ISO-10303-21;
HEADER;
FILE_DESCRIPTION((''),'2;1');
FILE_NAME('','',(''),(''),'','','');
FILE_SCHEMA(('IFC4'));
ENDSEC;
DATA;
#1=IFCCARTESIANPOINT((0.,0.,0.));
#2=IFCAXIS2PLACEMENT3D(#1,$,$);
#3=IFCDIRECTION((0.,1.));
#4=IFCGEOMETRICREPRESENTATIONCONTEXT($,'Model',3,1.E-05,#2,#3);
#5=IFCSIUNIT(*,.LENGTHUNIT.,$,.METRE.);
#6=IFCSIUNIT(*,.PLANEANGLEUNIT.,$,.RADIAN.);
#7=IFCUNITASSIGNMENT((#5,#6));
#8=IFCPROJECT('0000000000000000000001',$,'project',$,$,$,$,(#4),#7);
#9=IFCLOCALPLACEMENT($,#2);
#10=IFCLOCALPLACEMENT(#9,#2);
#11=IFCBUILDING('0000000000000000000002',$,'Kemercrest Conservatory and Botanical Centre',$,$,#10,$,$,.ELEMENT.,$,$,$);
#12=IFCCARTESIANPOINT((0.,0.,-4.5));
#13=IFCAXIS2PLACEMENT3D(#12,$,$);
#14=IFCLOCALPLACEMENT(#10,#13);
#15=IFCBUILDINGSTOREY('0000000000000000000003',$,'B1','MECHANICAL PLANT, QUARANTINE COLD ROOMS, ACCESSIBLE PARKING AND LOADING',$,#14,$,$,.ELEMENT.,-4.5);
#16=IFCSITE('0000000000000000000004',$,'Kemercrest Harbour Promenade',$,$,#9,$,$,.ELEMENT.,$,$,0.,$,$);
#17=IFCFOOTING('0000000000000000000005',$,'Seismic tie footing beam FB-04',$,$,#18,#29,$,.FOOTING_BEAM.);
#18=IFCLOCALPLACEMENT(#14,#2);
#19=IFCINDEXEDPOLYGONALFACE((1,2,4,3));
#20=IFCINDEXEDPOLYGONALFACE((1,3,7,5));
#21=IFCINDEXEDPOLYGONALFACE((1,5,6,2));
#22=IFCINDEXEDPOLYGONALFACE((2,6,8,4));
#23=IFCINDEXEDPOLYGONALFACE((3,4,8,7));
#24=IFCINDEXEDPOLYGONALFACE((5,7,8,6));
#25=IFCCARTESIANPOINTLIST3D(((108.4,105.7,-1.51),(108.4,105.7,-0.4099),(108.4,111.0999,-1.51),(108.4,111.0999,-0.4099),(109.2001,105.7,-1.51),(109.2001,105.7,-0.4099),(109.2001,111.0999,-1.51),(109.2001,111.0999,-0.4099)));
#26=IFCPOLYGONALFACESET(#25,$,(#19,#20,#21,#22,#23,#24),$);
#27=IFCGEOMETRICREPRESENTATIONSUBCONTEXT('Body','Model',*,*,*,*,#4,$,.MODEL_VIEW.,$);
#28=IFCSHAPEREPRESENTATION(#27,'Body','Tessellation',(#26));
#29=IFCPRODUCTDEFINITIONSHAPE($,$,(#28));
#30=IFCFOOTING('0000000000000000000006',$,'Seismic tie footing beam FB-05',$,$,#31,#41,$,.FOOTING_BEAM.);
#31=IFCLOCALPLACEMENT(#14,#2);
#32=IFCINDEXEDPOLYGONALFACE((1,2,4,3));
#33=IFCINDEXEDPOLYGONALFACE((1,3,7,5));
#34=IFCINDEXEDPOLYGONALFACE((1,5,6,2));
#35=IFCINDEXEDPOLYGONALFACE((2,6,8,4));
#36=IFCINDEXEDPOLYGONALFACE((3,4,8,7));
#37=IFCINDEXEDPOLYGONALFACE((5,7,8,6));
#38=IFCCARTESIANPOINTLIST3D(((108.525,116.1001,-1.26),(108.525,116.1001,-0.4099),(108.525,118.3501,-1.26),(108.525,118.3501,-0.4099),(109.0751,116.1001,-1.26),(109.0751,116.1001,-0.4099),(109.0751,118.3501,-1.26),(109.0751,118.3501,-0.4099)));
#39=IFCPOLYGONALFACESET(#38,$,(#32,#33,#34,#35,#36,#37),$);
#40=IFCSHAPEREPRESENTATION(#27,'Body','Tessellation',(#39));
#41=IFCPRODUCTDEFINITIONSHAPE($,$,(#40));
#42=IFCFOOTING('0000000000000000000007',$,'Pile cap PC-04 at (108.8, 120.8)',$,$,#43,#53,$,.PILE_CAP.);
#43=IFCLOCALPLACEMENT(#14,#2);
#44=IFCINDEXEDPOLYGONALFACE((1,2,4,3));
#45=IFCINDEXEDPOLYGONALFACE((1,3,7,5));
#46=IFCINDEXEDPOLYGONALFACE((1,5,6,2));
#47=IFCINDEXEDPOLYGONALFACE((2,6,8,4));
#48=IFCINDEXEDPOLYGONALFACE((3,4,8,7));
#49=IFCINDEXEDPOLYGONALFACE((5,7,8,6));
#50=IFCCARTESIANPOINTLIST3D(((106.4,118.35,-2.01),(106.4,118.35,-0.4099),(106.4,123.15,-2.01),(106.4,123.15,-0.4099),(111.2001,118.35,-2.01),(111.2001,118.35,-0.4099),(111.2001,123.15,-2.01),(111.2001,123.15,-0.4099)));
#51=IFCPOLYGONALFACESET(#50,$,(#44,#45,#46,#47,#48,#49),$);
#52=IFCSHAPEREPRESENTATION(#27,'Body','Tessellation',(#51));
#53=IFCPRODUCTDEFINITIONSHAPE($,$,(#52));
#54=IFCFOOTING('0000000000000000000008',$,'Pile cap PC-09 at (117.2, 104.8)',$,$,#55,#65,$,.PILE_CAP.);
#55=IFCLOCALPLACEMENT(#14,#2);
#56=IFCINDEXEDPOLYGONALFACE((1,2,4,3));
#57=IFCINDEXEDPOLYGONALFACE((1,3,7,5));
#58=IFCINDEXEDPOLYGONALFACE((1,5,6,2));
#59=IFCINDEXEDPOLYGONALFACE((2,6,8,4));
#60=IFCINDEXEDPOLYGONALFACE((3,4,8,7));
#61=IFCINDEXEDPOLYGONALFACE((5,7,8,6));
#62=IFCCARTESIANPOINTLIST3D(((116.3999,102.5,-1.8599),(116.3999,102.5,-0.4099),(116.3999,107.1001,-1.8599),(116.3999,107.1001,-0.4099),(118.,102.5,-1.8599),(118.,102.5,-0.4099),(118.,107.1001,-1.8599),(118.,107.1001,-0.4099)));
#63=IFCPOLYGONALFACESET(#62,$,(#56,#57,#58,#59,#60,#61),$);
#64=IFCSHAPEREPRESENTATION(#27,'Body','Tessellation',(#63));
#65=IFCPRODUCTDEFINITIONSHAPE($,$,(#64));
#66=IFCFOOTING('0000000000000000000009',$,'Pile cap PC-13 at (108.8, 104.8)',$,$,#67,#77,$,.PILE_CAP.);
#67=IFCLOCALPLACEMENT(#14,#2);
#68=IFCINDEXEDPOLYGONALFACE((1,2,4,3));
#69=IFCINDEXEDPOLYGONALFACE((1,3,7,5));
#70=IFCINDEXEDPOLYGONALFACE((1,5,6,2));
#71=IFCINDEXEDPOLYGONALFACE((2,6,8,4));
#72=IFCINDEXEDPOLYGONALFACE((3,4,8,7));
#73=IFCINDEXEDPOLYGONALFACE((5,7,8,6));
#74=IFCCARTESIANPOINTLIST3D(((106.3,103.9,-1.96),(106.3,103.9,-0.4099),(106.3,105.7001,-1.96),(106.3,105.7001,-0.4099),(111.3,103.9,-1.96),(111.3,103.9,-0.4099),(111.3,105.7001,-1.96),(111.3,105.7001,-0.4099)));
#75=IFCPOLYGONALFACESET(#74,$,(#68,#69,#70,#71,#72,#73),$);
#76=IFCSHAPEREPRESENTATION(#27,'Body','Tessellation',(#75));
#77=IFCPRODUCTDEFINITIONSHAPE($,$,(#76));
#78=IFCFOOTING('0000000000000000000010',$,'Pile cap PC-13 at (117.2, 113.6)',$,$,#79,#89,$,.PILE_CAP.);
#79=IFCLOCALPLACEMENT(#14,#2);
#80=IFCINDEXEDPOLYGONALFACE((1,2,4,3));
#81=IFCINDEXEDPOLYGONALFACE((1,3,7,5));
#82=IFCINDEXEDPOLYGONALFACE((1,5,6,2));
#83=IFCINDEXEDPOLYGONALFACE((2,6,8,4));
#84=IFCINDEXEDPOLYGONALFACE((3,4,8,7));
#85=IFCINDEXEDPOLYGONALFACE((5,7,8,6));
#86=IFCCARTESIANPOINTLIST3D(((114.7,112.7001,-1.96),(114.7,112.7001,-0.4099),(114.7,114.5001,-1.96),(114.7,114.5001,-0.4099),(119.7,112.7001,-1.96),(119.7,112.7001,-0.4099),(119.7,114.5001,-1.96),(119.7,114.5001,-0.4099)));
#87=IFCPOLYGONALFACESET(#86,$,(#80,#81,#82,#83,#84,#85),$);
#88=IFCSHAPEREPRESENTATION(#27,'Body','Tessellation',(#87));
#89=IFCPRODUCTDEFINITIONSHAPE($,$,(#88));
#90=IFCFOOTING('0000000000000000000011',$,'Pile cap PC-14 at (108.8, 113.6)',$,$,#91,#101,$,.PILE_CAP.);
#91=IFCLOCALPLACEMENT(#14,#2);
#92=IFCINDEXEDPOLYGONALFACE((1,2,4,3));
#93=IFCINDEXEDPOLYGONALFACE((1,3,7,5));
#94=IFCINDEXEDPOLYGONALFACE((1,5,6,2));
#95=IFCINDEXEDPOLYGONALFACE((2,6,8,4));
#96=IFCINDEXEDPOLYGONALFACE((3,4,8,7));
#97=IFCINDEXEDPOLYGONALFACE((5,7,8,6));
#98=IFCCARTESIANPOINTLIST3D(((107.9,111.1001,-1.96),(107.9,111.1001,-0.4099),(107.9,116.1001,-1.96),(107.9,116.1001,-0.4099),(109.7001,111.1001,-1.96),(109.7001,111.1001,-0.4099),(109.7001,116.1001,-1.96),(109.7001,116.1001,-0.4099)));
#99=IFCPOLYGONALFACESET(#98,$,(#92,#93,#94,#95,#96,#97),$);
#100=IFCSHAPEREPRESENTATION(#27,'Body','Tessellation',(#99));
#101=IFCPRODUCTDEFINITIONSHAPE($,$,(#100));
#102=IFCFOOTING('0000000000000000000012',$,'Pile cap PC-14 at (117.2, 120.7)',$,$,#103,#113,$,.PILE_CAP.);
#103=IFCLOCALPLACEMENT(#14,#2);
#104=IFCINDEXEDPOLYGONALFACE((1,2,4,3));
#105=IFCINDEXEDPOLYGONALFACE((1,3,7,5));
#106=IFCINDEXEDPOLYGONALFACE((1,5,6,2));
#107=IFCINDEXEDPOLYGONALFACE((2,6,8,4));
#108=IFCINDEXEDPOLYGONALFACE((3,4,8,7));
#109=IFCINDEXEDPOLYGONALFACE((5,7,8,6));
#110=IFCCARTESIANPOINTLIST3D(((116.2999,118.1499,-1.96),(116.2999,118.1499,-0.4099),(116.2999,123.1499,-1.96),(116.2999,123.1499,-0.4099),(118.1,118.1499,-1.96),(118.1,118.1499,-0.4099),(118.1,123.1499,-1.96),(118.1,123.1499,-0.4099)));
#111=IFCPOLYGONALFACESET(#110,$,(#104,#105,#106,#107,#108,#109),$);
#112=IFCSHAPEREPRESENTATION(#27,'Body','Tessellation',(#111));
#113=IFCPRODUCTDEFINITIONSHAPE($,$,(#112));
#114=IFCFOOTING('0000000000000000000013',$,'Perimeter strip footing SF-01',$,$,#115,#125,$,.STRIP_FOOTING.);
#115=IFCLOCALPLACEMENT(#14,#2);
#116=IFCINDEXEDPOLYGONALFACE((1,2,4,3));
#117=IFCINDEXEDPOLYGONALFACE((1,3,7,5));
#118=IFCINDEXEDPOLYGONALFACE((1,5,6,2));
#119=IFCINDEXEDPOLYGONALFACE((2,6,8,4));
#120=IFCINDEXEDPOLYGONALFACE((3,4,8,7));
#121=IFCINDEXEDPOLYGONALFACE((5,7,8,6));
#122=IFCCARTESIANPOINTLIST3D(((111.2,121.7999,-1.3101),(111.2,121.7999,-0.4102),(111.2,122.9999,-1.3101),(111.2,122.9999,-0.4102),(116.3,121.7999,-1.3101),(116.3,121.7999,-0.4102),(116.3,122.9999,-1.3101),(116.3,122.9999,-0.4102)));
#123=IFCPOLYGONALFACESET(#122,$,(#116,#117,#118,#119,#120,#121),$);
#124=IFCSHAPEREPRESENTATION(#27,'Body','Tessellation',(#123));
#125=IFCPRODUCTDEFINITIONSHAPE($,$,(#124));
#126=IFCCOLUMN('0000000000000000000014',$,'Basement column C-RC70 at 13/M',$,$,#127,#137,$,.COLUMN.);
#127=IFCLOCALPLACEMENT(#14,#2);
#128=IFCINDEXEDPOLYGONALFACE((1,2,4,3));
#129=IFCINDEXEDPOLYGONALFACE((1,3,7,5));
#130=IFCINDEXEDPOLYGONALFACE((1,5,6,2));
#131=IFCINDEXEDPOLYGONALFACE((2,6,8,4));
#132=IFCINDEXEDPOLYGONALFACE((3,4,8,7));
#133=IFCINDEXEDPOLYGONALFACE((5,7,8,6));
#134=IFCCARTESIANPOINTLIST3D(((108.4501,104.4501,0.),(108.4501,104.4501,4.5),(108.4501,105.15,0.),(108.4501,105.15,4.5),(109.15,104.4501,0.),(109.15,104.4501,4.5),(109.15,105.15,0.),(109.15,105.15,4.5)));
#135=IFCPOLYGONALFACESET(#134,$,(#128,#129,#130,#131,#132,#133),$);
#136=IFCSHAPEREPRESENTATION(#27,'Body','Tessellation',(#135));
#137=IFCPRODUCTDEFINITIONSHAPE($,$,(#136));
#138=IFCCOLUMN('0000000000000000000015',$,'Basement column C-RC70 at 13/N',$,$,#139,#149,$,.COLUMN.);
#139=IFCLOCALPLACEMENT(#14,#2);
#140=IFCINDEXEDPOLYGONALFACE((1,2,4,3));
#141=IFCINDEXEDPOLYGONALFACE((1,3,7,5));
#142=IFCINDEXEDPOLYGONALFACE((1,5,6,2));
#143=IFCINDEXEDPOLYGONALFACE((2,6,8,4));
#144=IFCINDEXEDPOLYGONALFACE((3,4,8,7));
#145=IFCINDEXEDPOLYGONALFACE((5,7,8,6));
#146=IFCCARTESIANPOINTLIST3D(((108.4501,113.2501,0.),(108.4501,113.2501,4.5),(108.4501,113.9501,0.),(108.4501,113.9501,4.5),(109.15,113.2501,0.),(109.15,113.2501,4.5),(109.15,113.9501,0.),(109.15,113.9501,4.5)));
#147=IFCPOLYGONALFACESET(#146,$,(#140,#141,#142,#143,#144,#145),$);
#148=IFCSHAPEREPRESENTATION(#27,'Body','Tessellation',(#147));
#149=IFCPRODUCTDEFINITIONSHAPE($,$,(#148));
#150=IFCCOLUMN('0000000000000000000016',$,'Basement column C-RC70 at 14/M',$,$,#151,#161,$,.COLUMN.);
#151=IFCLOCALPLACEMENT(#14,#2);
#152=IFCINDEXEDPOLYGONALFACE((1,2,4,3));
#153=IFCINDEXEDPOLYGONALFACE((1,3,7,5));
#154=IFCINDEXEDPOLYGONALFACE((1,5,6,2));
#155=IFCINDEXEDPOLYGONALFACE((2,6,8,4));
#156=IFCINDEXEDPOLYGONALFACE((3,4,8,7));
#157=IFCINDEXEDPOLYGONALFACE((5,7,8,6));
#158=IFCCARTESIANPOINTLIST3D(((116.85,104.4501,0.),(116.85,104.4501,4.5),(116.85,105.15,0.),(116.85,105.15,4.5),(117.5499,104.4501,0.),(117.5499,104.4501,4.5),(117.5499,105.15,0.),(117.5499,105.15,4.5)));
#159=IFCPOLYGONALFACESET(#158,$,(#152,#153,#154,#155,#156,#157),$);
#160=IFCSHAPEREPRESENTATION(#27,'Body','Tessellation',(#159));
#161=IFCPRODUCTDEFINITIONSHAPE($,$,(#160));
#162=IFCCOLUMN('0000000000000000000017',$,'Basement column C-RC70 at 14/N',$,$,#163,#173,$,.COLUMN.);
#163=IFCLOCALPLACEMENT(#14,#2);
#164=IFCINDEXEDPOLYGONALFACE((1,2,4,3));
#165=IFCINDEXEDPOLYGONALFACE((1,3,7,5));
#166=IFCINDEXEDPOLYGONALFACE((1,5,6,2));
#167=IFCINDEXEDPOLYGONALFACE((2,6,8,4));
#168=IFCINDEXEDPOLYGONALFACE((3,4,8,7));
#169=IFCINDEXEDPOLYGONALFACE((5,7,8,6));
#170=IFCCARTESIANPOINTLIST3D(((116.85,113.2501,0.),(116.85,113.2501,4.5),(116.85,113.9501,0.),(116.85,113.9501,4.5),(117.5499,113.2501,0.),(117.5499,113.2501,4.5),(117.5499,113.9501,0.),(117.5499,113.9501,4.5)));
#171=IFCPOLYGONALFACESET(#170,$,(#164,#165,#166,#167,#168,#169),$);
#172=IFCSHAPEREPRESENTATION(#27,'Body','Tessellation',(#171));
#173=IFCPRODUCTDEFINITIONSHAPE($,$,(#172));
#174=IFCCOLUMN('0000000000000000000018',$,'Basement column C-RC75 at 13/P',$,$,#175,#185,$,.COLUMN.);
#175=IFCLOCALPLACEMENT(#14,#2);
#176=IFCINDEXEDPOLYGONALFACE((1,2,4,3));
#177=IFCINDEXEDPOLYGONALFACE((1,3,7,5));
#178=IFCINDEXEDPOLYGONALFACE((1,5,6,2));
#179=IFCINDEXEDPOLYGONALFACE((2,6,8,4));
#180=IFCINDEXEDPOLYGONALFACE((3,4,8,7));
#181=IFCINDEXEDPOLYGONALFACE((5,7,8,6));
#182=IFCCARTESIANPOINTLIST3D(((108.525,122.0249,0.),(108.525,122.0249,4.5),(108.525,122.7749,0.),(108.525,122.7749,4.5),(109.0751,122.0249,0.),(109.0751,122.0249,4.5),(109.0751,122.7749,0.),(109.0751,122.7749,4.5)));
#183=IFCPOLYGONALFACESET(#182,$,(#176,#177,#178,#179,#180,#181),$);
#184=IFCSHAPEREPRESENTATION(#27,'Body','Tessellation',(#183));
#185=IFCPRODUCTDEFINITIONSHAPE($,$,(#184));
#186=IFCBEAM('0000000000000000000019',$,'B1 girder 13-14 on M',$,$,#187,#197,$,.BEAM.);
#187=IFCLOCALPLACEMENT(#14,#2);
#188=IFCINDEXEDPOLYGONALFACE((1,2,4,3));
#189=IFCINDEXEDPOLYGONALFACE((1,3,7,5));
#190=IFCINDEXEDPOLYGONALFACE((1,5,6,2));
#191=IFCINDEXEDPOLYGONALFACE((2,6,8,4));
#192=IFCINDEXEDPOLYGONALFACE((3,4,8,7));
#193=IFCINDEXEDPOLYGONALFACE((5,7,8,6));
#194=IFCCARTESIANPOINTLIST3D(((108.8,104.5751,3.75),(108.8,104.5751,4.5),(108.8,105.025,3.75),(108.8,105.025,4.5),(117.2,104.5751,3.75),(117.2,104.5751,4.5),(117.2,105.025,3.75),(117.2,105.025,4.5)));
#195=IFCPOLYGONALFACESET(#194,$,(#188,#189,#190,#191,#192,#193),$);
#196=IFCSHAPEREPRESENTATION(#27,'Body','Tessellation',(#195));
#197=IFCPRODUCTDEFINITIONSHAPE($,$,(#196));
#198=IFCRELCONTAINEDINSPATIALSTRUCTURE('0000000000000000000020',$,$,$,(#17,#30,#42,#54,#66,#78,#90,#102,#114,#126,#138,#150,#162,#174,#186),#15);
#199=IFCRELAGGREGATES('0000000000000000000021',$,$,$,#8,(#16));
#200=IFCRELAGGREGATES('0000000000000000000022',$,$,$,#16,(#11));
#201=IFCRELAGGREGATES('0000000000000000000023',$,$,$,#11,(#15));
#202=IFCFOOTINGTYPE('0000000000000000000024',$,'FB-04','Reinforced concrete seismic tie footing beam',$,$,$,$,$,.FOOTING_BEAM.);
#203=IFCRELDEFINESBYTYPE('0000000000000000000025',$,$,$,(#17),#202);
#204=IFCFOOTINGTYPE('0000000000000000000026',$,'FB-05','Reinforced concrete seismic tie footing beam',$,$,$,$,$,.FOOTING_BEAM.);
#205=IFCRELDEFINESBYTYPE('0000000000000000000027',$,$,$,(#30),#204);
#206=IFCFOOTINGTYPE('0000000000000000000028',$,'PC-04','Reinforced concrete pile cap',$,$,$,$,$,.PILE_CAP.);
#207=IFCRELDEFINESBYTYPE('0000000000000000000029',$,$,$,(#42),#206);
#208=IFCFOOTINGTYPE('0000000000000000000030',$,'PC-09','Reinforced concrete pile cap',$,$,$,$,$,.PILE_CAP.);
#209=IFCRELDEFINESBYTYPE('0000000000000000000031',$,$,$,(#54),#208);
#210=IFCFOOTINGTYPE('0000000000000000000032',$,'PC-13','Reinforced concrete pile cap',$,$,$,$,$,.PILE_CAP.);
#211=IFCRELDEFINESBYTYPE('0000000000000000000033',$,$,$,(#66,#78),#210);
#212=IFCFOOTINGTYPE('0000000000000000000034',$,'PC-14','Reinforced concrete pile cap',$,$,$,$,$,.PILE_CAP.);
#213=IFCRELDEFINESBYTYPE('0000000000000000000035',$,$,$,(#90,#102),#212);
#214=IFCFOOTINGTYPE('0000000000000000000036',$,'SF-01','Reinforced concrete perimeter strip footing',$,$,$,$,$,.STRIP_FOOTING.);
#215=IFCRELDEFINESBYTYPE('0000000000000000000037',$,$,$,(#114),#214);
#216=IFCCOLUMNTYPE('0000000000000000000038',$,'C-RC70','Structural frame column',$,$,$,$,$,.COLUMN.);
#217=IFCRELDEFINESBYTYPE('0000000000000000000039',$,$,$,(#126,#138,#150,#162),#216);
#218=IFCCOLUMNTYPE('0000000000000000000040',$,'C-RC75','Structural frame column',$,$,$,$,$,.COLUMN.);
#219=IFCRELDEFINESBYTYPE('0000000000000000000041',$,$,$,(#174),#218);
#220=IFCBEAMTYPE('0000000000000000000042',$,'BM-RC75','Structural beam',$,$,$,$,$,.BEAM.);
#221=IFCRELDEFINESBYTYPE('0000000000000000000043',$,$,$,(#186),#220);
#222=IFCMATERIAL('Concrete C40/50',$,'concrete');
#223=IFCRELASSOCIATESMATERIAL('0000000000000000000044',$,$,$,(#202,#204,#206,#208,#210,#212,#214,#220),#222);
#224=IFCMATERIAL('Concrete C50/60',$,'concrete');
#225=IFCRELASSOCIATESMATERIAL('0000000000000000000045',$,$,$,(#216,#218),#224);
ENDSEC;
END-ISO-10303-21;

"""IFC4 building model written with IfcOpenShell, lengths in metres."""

from ifc_helpers import new_model, si_unit, direction, frame, origin, origin_2d, place, context, subcontext, project, spatial, rectangle, extrude, material, material_profile, profile_set, type_object, element, save


model = new_model("IFC4")

# Units and contexts
model_context = context("Model", 3, precision=1e-05, world=origin(), true_north=direction((0.0, 1.0)))
body_context = subcontext(model_context, "Body", "Model", "MODEL_VIEW")
ifc_project = project(units=[si_unit("LENGTHUNIT", "METRE"), si_unit("PLANEANGLEUNIT", "RADIAN")], contexts=[model_context])

# Site, building, storey
site_placement = place(None, origin())
site = spatial("IfcSite", under=ifc_project, at=site_placement, Name="Kemercrest Harbour Promenade", CompositionType="ELEMENT", RefElevation=0.0)
building_placement = place(site_placement, origin())
building = spatial("IfcBuilding", under=site, at=building_placement, Name="Kemercrest Conservatory and Botanical Centre", CompositionType="ELEMENT")
storey_placement = place(building_placement, frame((0.0, 0.0, -4.5)))
storey = spatial("IfcBuildingStorey", under=building, at=storey_placement, Name="B1", Description="MECHANICAL PLANT, QUARANTINE COLD ROOMS, ACCESSIBLE PARKING AND LOADING", CompositionType="ELEMENT", Elevation=-4.5)

# Shared definitions
ifc_material_1 = material(Name="Concrete C40/50", Category="concrete")

# Footings
footing_type_1 = type_object("IfcFootingType", Name="FB-04", Description="Reinforced concrete seismic tie footing beam", PredefinedType="FOOTING_BEAM", material=ifc_material_1)
footing_1_placement = place(storey_placement, frame((108.8, 108.3999, -1.51), z_axis=(0.0, 0.0, 1.0), x_axis=(1.0, 0.0, 0.0)))
element("IfcFooting", 1, at=footing_1_placement, inside=storey, type_object=footing_type_1, Name="Seismic tie footing beam FB-04", PredefinedType="FOOTING_BEAM", context=body_context, shape_type="SweptSolid", body=[
    extrude(rectangle(XDim=0.8, YDim=5.3999, at=origin_2d()), origin(), (0.0, 0.0, 1.0), 1.1001),
])
footing_type_2 = type_object("IfcFootingType", Name="FB-05", Description="Reinforced concrete seismic tie footing beam", PredefinedType="FOOTING_BEAM", material=ifc_material_1)
footing_2_placement = place(storey_placement, frame((108.8, 117.2251, -1.26), z_axis=(0.0, 0.0, 1.0), x_axis=(1.0, 0.0, 0.0)))
element("IfcFooting", 2, at=footing_2_placement, inside=storey, type_object=footing_type_2, Name="Seismic tie footing beam FB-05", PredefinedType="FOOTING_BEAM", context=body_context, shape_type="SweptSolid", body=[
    extrude(rectangle(XDim=0.55, YDim=2.25, at=origin_2d()), origin(), (0.0, 0.0, 1.0), 0.8501),
])
footing_type_3 = type_object("IfcFootingType", Name="PC-04", Description="Reinforced concrete pile cap", PredefinedType="PILE_CAP", material=ifc_material_1)
footing_3_placement = place(storey_placement, frame((108.8, 120.75, -2.01), z_axis=(0.0, 0.0, 1.0), x_axis=(1.0, 0.0, 0.0)))
element("IfcFooting", 3, at=footing_3_placement, inside=storey, type_object=footing_type_3, Name="Pile cap PC-04 at (108.8, 120.8)", PredefinedType="PILE_CAP", context=body_context, shape_type="SweptSolid", body=[
    extrude(rectangle(XDim=4.8, YDim=4.8, at=origin_2d()), origin(), (0.0, 0.0, 1.0), 1.6001),
])
footing_type_4 = type_object("IfcFootingType", Name="PC-09", Description="Reinforced concrete pile cap", PredefinedType="PILE_CAP", material=ifc_material_1)
footing_4_placement = place(storey_placement, frame((117.2, 104.8, -1.8599), z_axis=(0.0, 0.0, 1.0), x_axis=(1.0, 0.0, 0.0)))
element("IfcFooting", 4, at=footing_4_placement, inside=storey, type_object=footing_type_4, Name="Pile cap PC-09 at (117.2, 104.8)", PredefinedType="PILE_CAP", context=body_context, shape_type="SweptSolid", body=[
    extrude(rectangle(XDim=1.6001, YDim=4.6001, at=origin_2d()), origin(), (0.0, 0.0, 1.0), 1.45),
])
footing_type_5 = type_object("IfcFootingType", Name="PC-13", Description="Reinforced concrete pile cap", PredefinedType="PILE_CAP", material=ifc_material_1)
for number, where, z_axis, x_axis, name in (
    (5, (108.8, 104.8, -1.96), (0.0, 0.0, 1.0), (1.0, 0.0, 0.0), "Pile cap PC-13 at (108.8, 104.8)"),
    (6, (117.2, 113.6001, -1.96), (0.0, 0.0, 1.0), (1.0, 0.0, 0.0), "Pile cap PC-13 at (117.2, 113.6)"),
):
    element("IfcFooting", number, at=place(storey_placement, frame(where, z_axis=z_axis, x_axis=x_axis)), inside=storey, type_object=footing_type_5, Name=name, PredefinedType="PILE_CAP", context=body_context, shape_type="SweptSolid", body=[
        extrude(rectangle(XDim=5.0, YDim=1.8, at=origin_2d()), origin(), (0.0, 0.0, 1.0), 1.55),
    ])
footing_type_6 = type_object("IfcFootingType", Name="PC-14", Description="Reinforced concrete pile cap", PredefinedType="PILE_CAP", material=ifc_material_1)
for number, where, z_axis, x_axis, name in (
    (7, (108.8, 113.6001, -1.96), (0.0, 0.0, 1.0), (1.0, 0.0, 0.0), "Pile cap PC-14 at (108.8, 113.6)"),
    (8, (117.2, 120.6499, -1.96), (0.0, 0.0, 1.0), (1.0, 0.0, 0.0), "Pile cap PC-14 at (117.2, 120.7)"),
):
    element("IfcFooting", number, at=place(storey_placement, frame(where, z_axis=z_axis, x_axis=x_axis)), inside=storey, type_object=footing_type_6, Name=name, PredefinedType="PILE_CAP", context=body_context, shape_type="SweptSolid", body=[
        extrude(rectangle(XDim=1.8, YDim=5.0, at=origin_2d()), origin(), (0.0, 0.0, 1.0), 1.55),
    ])
footing_type_7 = type_object("IfcFootingType", Name="SF-01", Description="Reinforced concrete perimeter strip footing", PredefinedType="STRIP_FOOTING", material=ifc_material_1)
footing_5_placement = place(storey_placement, frame((113.75, 122.3999, -1.3101), z_axis=(0.0, 0.0, 1.0), x_axis=(1.0, 0.0, 0.0)))
element("IfcFooting", 9, at=footing_5_placement, inside=storey, type_object=footing_type_7, Name="Perimeter strip footing SF-01", PredefinedType="STRIP_FOOTING", context=body_context, shape_type="SweptSolid", body=[
    extrude(rectangle(XDim=5.1001, YDim=1.2, at=origin_2d()), origin(), (0.0, 0.0, 1.0), 0.8999),
])

# Columns
ifc_material_2 = material(Name="Concrete C50/60", Category="concrete")
ifc_material_profile_1 = material_profile(ifc_material_2, rectangle(XDim=0.7, YDim=0.7, at=origin_2d()), Name="RC 700x700")
ifc_profile_set_1 = profile_set([ifc_material_profile_1], Name="Concrete C50/60")
column_type_1 = type_object("IfcColumnType", Name="C-RC70", Description="Structural frame column", PredefinedType="COLUMN", material=ifc_profile_set_1)
for number, where, z_axis, x_axis, name in (
    (10, (108.8, 104.8, 0.0), (0.0, 0.0, 1.0), (1.0, 0.0, 0.0), "Basement column C-RC70 at 13/M"),
    (11, (108.8, 113.6001, 0.0), (0.0, 0.0, 1.0), (1.0, 0.0, 0.0), "Basement column C-RC70 at 13/N"),
    (12, (117.2, 104.8, 0.0), (0.0, 0.0, 1.0), (1.0, 0.0, 0.0), "Basement column C-RC70 at 14/M"),
    (13, (117.2, 113.6001, 0.0), (0.0, 0.0, 1.0), (1.0, 0.0, 0.0), "Basement column C-RC70 at 14/N"),
):
    element("IfcColumn", number, at=place(storey_placement, frame(where, z_axis=z_axis, x_axis=x_axis)), inside=storey, type_object=column_type_1, Name=name, PredefinedType="COLUMN", context=body_context, shape_type="SweptSolid", body=[
        extrude(rectangle(XDim=0.7, YDim=0.7, at=origin_2d()), origin(), (0.0, 0.0, 1.0), 4.5),
    ])
ifc_material_profile_2 = material_profile(ifc_material_2, rectangle(XDim=0.55, YDim=0.75, at=origin_2d()), Name="RC 750x550")
ifc_profile_set_2 = profile_set([ifc_material_profile_2], Name="Concrete C50/60")
column_type_2 = type_object("IfcColumnType", Name="C-RC75", Description="Structural frame column", PredefinedType="COLUMN", material=ifc_profile_set_2)
column_placement = place(storey_placement, frame((108.8, 122.3999, 0.0), z_axis=(0.0, 0.0, 1.0), x_axis=(1.0, 0.0, 0.0)))
element("IfcColumn", 14, at=column_placement, inside=storey, type_object=column_type_2, Name="Basement column C-RC75 at 13/P", PredefinedType="COLUMN", context=body_context, shape_type="SweptSolid", body=[
    extrude(rectangle(XDim=0.55, YDim=0.75, at=origin_2d()), origin(), (0.0, 0.0, 1.0), 4.5),
])

# Beam
ifc_material_profile_3 = material_profile(ifc_material_1, rectangle(XDim=0.45, YDim=0.75, at=origin_2d()), Name="RC 450x750")
ifc_profile_set_3 = profile_set([ifc_material_profile_3], Name="Concrete C40/50")
beam_type_1 = type_object("IfcBeamType", Name="BM-RC75", Description="Structural beam", PredefinedType="BEAM", material=ifc_profile_set_3)
beam_1_placement = place(storey_placement, frame((108.8, 104.8, 4.125), z_axis=(1.0, 0.0, 0.0), x_axis=(0.0, 1.0, 0.0)))
element("IfcBeam", 15, at=beam_1_placement, inside=storey, type_object=beam_type_1, Name="B1 girder 13-14 on M", PredefinedType="BEAM", context=body_context, shape_type="SweptSolid", body=[
    extrude(rectangle(XDim=0.45, YDim=0.75, at=origin_2d()), origin(), (0.0, 0.0, 1.0), 8.3999),
])

save(model, "model.ifc")
